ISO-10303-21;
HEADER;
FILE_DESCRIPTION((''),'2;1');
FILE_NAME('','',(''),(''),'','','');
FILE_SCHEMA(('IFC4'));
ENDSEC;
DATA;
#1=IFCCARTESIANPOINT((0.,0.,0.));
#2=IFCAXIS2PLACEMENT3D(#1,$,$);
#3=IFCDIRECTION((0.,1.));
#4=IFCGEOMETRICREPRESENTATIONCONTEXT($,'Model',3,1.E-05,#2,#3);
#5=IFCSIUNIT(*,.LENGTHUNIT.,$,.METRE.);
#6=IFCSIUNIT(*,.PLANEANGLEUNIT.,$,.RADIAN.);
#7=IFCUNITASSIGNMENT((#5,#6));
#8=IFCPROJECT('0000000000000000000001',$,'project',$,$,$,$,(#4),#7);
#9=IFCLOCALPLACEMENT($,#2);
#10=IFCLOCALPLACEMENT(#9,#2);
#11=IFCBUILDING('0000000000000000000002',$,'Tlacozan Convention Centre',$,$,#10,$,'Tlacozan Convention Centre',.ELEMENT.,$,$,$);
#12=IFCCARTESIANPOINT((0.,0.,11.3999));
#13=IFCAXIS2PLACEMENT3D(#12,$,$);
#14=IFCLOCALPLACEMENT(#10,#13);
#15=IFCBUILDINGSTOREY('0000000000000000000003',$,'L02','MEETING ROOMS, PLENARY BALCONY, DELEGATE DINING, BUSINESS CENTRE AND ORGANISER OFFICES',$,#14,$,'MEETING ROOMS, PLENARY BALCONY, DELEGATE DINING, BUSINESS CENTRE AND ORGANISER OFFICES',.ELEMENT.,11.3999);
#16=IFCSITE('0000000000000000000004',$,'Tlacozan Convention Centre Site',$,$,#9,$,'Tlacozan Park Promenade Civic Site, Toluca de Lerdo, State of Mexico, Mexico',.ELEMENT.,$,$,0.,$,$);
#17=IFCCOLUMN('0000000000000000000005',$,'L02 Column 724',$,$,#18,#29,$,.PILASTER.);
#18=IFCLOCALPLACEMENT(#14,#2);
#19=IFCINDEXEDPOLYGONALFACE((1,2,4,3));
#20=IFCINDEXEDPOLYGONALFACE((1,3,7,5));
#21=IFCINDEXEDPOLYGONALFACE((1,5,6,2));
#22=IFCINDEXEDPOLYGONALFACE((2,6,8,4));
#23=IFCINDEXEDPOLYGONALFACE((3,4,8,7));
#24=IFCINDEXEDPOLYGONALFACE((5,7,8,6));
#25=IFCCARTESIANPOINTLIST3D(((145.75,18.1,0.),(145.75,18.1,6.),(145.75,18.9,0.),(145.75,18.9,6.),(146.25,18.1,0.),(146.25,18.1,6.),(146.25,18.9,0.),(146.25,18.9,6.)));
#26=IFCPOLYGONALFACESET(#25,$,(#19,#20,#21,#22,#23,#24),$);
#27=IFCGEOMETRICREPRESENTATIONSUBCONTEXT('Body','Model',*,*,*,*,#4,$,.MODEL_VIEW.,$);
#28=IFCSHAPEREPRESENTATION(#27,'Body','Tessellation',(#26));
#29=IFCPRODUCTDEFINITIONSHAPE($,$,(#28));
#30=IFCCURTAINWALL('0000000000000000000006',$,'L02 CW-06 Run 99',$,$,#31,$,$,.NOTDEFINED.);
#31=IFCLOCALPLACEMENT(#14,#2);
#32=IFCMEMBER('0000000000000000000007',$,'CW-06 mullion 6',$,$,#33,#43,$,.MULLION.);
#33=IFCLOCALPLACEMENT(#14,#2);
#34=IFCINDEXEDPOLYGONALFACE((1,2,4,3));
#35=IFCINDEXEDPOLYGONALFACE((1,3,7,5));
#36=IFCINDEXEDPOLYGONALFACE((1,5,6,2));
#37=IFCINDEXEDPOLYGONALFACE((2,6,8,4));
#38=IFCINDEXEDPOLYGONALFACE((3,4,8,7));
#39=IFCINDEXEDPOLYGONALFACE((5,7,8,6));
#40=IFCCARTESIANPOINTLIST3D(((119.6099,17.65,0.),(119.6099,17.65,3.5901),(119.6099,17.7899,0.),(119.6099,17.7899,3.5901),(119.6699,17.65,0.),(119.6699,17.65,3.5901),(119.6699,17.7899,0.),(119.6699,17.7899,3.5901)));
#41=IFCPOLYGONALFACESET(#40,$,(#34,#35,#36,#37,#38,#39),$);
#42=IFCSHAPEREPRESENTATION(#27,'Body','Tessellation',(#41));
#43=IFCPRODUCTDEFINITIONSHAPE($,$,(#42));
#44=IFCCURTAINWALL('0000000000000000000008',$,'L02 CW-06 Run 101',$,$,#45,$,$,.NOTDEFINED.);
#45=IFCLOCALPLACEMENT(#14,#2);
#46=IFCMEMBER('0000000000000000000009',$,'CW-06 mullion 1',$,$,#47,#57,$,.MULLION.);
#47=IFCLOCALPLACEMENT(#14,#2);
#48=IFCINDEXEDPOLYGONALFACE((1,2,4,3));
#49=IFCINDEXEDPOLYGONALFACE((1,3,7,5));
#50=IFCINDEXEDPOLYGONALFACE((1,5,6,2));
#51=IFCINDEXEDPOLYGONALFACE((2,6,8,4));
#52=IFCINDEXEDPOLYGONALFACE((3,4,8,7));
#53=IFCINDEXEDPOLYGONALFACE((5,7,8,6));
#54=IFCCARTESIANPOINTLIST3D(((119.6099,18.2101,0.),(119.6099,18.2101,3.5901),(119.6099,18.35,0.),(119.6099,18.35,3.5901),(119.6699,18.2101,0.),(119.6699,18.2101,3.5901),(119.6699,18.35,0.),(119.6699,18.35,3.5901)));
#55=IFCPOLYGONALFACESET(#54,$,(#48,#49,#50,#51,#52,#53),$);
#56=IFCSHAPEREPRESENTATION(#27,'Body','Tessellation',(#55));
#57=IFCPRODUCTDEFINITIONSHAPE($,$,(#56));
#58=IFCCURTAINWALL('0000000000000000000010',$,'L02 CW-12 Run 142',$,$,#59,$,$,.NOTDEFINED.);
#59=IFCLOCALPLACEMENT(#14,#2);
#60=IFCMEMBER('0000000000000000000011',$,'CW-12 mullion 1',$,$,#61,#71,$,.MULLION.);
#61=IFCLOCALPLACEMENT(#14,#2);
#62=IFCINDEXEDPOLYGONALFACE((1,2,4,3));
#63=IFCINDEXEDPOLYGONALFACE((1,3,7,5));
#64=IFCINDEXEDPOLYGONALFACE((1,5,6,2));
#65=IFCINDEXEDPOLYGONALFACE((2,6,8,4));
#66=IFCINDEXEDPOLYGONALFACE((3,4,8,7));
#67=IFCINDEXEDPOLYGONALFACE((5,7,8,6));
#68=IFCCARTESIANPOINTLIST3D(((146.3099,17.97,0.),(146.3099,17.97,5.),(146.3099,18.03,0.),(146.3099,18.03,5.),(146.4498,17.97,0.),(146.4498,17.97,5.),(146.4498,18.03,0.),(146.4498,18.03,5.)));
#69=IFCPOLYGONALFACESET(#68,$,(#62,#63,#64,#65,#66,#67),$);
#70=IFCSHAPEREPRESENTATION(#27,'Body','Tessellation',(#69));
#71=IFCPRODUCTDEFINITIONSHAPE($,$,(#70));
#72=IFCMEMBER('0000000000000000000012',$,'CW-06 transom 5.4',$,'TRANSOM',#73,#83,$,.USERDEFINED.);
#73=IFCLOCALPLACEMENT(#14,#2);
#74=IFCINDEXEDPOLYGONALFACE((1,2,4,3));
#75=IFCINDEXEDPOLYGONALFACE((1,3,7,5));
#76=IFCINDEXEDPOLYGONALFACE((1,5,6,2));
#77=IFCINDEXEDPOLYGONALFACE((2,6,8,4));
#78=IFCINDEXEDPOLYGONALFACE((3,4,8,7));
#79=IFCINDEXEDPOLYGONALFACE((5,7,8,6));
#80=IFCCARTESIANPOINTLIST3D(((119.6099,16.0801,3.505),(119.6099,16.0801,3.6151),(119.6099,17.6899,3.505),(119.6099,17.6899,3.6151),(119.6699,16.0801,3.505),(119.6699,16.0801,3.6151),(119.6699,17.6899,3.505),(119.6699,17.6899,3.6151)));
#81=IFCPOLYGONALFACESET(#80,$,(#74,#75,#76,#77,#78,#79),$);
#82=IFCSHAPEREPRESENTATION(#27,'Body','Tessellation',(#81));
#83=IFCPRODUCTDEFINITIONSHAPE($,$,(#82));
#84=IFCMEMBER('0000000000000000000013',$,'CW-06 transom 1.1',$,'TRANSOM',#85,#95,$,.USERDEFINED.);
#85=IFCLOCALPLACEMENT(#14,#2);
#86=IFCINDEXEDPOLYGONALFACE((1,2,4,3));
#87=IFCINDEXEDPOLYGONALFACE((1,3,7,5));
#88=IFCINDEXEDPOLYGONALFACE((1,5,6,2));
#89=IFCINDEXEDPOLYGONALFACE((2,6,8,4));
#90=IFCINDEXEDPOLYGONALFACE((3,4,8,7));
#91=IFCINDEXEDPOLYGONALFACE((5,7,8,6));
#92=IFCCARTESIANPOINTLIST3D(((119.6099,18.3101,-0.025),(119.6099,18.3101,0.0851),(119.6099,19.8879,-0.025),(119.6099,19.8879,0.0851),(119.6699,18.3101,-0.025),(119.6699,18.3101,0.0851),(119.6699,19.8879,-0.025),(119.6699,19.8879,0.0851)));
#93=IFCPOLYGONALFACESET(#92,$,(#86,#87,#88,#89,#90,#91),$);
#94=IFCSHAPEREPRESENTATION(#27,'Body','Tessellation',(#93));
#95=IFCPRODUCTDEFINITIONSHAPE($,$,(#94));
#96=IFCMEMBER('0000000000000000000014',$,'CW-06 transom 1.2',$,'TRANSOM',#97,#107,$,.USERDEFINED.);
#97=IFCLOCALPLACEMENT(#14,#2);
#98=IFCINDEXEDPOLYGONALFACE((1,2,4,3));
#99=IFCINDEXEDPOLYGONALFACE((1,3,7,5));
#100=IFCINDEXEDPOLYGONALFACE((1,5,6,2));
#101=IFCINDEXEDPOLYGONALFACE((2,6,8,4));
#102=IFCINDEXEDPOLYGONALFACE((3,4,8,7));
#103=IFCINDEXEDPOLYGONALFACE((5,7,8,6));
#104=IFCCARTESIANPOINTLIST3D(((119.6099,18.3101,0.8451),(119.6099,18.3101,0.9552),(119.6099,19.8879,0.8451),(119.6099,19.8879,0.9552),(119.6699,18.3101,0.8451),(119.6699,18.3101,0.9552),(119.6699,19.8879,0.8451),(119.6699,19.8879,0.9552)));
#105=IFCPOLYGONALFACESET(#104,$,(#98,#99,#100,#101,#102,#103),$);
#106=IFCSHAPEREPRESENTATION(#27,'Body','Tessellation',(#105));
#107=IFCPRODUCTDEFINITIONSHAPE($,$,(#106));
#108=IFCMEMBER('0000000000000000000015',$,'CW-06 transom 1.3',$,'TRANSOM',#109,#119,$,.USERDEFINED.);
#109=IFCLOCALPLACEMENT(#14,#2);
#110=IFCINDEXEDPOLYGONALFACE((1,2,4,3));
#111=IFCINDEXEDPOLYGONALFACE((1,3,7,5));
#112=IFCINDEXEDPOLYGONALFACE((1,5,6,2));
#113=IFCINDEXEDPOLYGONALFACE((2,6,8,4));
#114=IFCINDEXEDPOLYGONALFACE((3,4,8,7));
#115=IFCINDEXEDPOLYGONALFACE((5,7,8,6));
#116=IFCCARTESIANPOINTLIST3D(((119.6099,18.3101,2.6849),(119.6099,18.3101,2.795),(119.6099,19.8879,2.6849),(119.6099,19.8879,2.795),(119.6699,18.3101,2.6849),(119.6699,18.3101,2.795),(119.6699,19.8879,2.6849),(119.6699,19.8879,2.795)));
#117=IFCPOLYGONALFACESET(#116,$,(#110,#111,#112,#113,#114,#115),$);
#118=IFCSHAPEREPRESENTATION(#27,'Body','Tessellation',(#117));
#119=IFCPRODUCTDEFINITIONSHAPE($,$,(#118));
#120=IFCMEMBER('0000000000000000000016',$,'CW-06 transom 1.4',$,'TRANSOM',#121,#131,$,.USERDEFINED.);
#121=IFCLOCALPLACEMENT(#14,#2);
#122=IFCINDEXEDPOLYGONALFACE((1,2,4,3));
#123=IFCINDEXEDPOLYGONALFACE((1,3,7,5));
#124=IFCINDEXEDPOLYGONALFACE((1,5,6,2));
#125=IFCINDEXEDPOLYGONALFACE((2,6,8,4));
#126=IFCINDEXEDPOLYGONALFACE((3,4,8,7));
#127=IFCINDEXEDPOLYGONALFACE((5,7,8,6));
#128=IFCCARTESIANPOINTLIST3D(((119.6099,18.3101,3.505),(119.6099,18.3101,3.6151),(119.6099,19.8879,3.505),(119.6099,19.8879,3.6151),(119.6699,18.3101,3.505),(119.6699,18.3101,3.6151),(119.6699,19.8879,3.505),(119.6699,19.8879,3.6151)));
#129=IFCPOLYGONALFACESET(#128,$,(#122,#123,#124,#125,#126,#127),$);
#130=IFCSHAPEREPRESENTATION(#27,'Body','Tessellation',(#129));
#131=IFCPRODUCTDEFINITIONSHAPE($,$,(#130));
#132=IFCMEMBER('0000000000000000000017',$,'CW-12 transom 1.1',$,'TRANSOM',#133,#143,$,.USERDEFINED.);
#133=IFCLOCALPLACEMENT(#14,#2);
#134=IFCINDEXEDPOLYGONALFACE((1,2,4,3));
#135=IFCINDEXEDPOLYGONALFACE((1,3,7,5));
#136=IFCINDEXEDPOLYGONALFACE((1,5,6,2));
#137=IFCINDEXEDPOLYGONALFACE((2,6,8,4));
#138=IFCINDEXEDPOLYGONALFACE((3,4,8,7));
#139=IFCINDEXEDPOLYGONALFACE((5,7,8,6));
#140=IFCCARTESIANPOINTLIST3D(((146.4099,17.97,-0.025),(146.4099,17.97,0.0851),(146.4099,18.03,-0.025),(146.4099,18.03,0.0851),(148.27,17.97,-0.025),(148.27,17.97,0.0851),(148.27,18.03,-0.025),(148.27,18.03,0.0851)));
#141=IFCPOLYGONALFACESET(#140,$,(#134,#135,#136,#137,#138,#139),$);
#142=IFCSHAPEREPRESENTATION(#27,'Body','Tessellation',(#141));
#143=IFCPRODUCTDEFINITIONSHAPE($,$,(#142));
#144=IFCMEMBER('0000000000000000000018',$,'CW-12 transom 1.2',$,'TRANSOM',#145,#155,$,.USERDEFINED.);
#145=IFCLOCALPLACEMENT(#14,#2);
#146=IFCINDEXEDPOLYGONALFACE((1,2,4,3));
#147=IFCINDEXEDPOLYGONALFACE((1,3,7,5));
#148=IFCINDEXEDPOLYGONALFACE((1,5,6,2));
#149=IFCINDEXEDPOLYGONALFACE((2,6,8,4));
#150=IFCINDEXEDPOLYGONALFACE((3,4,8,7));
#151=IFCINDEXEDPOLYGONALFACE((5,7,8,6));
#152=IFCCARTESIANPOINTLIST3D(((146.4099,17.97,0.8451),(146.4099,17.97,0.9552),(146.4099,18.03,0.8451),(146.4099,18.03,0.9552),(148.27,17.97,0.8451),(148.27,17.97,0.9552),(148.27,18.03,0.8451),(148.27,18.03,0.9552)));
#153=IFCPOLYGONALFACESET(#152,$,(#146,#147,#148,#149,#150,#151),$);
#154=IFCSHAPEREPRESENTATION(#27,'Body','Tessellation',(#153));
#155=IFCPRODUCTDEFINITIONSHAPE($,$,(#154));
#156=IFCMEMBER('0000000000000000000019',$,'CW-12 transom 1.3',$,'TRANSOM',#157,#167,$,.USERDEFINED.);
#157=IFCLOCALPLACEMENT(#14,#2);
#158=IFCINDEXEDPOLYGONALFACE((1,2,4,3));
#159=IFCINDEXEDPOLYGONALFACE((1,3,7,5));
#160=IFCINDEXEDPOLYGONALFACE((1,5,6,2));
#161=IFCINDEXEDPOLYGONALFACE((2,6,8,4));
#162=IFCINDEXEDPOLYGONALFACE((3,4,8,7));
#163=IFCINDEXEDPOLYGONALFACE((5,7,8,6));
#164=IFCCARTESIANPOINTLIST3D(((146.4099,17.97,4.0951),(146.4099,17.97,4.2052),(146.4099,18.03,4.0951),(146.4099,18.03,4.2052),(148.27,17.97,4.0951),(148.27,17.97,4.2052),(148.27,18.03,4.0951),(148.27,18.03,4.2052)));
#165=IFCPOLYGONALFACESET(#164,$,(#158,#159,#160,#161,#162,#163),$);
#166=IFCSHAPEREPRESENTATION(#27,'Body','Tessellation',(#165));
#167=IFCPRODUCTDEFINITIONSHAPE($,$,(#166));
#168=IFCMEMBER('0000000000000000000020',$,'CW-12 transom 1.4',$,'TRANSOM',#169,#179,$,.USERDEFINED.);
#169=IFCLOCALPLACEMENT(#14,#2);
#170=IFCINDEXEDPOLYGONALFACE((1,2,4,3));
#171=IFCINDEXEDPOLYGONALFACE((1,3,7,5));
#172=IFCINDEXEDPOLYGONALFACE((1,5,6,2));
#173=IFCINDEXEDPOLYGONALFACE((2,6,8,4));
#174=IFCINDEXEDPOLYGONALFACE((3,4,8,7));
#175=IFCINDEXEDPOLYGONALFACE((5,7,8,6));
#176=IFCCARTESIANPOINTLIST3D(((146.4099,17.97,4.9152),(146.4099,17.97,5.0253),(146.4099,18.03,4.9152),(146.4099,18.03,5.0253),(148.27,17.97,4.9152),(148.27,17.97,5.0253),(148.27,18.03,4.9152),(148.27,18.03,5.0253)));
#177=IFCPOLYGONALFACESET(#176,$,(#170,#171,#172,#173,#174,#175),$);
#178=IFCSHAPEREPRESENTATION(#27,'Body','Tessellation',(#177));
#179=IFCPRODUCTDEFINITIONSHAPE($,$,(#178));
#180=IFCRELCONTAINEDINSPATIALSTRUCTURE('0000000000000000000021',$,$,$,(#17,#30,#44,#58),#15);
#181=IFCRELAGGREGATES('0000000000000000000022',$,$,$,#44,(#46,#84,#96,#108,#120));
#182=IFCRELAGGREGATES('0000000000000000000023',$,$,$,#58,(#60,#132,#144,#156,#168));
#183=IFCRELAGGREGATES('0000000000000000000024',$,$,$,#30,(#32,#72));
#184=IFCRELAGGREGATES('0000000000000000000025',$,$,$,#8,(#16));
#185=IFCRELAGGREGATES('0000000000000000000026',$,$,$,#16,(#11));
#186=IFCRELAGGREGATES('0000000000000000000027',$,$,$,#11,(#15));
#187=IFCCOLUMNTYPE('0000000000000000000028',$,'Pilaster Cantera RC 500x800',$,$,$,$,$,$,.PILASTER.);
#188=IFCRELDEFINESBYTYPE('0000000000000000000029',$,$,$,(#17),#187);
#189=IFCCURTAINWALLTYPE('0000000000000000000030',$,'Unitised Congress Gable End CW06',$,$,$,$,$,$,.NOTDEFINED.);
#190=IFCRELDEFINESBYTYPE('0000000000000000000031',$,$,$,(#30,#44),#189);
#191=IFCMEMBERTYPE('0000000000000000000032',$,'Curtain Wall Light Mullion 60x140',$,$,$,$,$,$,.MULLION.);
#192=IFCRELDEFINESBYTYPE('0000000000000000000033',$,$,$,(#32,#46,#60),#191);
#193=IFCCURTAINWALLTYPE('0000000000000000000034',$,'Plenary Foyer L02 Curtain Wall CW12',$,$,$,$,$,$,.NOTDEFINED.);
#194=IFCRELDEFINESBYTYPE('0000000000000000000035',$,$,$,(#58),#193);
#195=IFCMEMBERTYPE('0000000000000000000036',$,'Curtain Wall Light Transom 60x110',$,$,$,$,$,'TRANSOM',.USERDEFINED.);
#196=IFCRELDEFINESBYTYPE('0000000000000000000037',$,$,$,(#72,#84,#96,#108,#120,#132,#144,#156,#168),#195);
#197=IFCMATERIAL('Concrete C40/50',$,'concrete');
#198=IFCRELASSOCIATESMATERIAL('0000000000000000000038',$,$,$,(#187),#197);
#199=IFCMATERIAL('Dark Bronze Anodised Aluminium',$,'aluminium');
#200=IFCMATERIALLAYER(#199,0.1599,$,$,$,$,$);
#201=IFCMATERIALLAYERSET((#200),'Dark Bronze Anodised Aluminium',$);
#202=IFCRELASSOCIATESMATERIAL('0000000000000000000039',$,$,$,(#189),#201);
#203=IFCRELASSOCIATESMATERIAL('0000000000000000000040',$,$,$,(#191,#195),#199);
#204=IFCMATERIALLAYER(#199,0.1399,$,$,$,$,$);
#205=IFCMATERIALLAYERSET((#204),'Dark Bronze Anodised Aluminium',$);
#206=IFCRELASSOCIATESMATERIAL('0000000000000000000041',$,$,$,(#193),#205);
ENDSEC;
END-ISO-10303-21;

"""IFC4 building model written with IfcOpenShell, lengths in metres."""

from ifc_helpers import new_model, si_unit, direction, frame, origin, origin_2d, place, context, subcontext, project, spatial, rectangle, extrude, material, layer, layer_set, material_profile, profile_set, type_object, element, aggregate, save


model = new_model("IFC4")

# Units and contexts
model_context = context("Model", 3, precision=1e-05, world=origin(), true_north=direction((0.0, 1.0)))
body_context = subcontext(model_context, "Body", "Model", "MODEL_VIEW")
ifc_project = project(units=[si_unit("LENGTHUNIT", "METRE"), si_unit("PLANEANGLEUNIT", "RADIAN")], contexts=[model_context])

# Site, building, storey
site_placement = place(None, origin())
site = spatial("IfcSite", under=ifc_project, at=site_placement, Name="Tlacozan Convention Centre Site", LongName="Tlacozan Park Promenade Civic Site, Toluca de Lerdo, State of Mexico, Mexico", CompositionType="ELEMENT", RefElevation=0.0)
building_placement = place(site_placement, origin())
building = spatial("IfcBuilding", under=site, at=building_placement, Name="Tlacozan Convention Centre", LongName="Tlacozan Convention Centre", CompositionType="ELEMENT")
storey_placement = place(building_placement, frame((0.0, 0.0, 11.3999)))
storey = spatial("IfcBuildingStorey", under=building, at=storey_placement, Name="L02", Description="MEETING ROOMS, PLENARY BALCONY, DELEGATE DINING, BUSINESS CENTRE AND ORGANISER OFFICES", LongName="MEETING ROOMS, PLENARY BALCONY, DELEGATE DINING, BUSINESS CENTRE AND ORGANISER OFFICES", CompositionType="ELEMENT", Elevation=11.3999)

# Column
ifc_material_1 = material(Name="Concrete C40/50", Category="concrete")
ifc_material_profile_1 = material_profile(ifc_material_1, rectangle(XDim=0.5, YDim=0.8, at=origin_2d()), Name="RC 500x800")
ifc_profile_set_1 = profile_set([ifc_material_profile_1], Name="Concrete C40/50")
column_type = type_object("IfcColumnType", Name="Pilaster Cantera RC 500x800", PredefinedType="PILASTER", material=ifc_profile_set_1)
column_placement = place(storey_placement, frame((146.0, 18.5, 0.0), z_axis=(0.0, 0.0, 1.0), x_axis=(1.0, 0.0, 0.0)))
element("IfcColumn", 1, at=column_placement, inside=storey, type_object=column_type, Name="L02 Column 724", PredefinedType="PILASTER", context=body_context, shape_type="SweptSolid", body=[
    extrude(rectangle(XDim=0.5, YDim=0.8, at=origin_2d()), origin(), (0.0, 0.0, 1.0), 6.0),
])

# Curtain walls, members
ifc_material_2 = material(Name="Dark Bronze Anodised Aluminium", Category="aluminium")
ifc_layer_1 = layer(ifc_material_2, 0.1599)
ifc_layer_set_1 = layer_set([ifc_layer_1], Name="Dark Bronze Anodised Aluminium")
curtain_wall_type_1 = type_object("IfcCurtainWallType", Name="Unitised Congress Gable End CW06", PredefinedType="NOTDEFINED", material=ifc_layer_set_1)
curtain_wall_1_placement = place(storey_placement, origin())
curtain_wall_1 = element("IfcCurtainWall", 2, at=curtain_wall_1_placement, inside=storey, type_object=curtain_wall_type_1, Name="L02 CW-06 Run 99", PredefinedType="NOTDEFINED")
ifc_material_profile_2 = material_profile(ifc_material_2, rectangle(XDim=0.0601, YDim=0.1399, at=origin_2d()), Name="ALU 60x140")
ifc_profile_set_2 = profile_set([ifc_material_profile_2], Name="Dark Bronze Anodised Aluminium")
member_type_1 = type_object("IfcMemberType", Name="Curtain Wall Light Mullion 60x140", PredefinedType="MULLION", material=ifc_profile_set_2)
member_1_placement = place(storey_placement, frame((119.6399, 17.72, 0.0), z_axis=(0.0, 0.0, 1.0), x_axis=(-1.0, 0.0, 0.0)))
member_1 = element("IfcMember", 3, at=member_1_placement, type_object=member_type_1, Name="CW-06 mullion 6", PredefinedType="MULLION", context=body_context, shape_type="SweptSolid", body=[
    extrude(rectangle(XDim=0.0601, YDim=0.1399, at=origin_2d()), origin(), (0.0, 0.0, 1.0), 3.5901),
])
curtain_wall_2_placement = place(storey_placement, origin())
curtain_wall_2 = element("IfcCurtainWall", 4, at=curtain_wall_2_placement, inside=storey, type_object=curtain_wall_type_1, Name="L02 CW-06 Run 101", PredefinedType="NOTDEFINED")
member_2_placement = place(storey_placement, frame((119.6399, 18.28, 0.0), z_axis=(0.0, 0.0, 1.0), x_axis=(-1.0, 0.0, 0.0)))
member_2 = element("IfcMember", 5, at=member_2_placement, type_object=member_type_1, Name="CW-06 mullion 1", PredefinedType="MULLION", context=body_context, shape_type="SweptSolid", body=[
    extrude(rectangle(XDim=0.0601, YDim=0.1399, at=origin_2d()), origin(), (0.0, 0.0, 1.0), 3.5901),
])
ifc_layer_2 = layer(ifc_material_2, 0.1399)
ifc_layer_set_2 = layer_set([ifc_layer_2], Name="Dark Bronze Anodised Aluminium")
curtain_wall_type_2 = type_object("IfcCurtainWallType", Name="Plenary Foyer L02 Curtain Wall CW12", PredefinedType="NOTDEFINED", material=ifc_layer_set_2)
curtain_wall_3_placement = place(storey_placement, origin())
curtain_wall_3 = element("IfcCurtainWall", 6, at=curtain_wall_3_placement, inside=storey, type_object=curtain_wall_type_2, Name="L02 CW-12 Run 142", PredefinedType="NOTDEFINED")
member_3_placement = place(storey_placement, frame((146.3799, 18.0, 0.0), z_axis=(0.0, 0.0, 1.0), x_axis=(0.0, 1.0, 0.0)))
member_3 = element("IfcMember", 7, at=member_3_placement, type_object=member_type_1, Name="CW-12 mullion 1", PredefinedType="MULLION", context=body_context, shape_type="SweptSolid", body=[
    extrude(rectangle(XDim=0.0601, YDim=0.1399, at=origin_2d()), origin(), (0.0, 0.0, 1.0), 5.0),
])

# Members
ifc_material_profile_3 = material_profile(ifc_material_2, rectangle(XDim=0.0601, YDim=0.1101, at=origin_2d()), Name="ALU 60x110")
ifc_profile_set_3 = profile_set([ifc_material_profile_3], Name="Dark Bronze Anodised Aluminium")
member_type_2 = type_object("IfcMemberType", Name="Curtain Wall Light Transom 60x110", ElementType="TRANSOM", PredefinedType="USERDEFINED", material=ifc_profile_set_3)
member_4_placement = place(storey_placement, frame((119.6399, 16.0801, 3.5601), z_axis=(0.0, 1.0, 0.0), x_axis=(-1.0, 0.0, 0.0)))
member_4 = element("IfcMember", 8, at=member_4_placement, type_object=member_type_2, Name="CW-06 transom 5.4", ObjectType="TRANSOM", PredefinedType="USERDEFINED", context=body_context, shape_type="SweptSolid", body=[
    extrude(rectangle(XDim=0.0601, YDim=0.1101, at=origin_2d()), origin(), (0.0, 0.0, 1.0), 1.6099),
])
member_5_placement = place(storey_placement, frame((119.6399, 18.3101, 0.03), z_axis=(0.0, 1.0, 0.0), x_axis=(-1.0, 0.0, 0.0)))
member_5 = element("IfcMember", 9, at=member_5_placement, type_object=member_type_2, Name="CW-06 transom 1.1", ObjectType="TRANSOM", PredefinedType="USERDEFINED", context=body_context, shape_type="SweptSolid", body=[
    extrude(rectangle(XDim=0.0601, YDim=0.1101, at=origin_2d()), origin(), (0.0, 0.0, 1.0), 1.5779),
])
member_6_placement = place(storey_placement, frame((119.6399, 18.3101, 0.9001), z_axis=(0.0, 1.0, 0.0), x_axis=(-1.0, 0.0, 0.0)))
member_6 = element("IfcMember", 10, at=member_6_placement, type_object=member_type_2, Name="CW-06 transom 1.2", ObjectType="TRANSOM", PredefinedType="USERDEFINED", context=body_context, shape_type="SweptSolid", body=[
    extrude(rectangle(XDim=0.0601, YDim=0.1101, at=origin_2d()), origin(), (0.0, 0.0, 1.0), 1.5779),
])
member_7_placement = place(storey_placement, frame((119.6399, 18.3101, 2.74), z_axis=(0.0, 1.0, 0.0), x_axis=(-1.0, 0.0, 0.0)))
member_7 = element("IfcMember", 11, at=member_7_placement, type_object=member_type_2, Name="CW-06 transom 1.3", ObjectType="TRANSOM", PredefinedType="USERDEFINED", context=body_context, shape_type="SweptSolid", body=[
    extrude(rectangle(XDim=0.0601, YDim=0.1101, at=origin_2d()), origin(), (0.0, 0.0, 1.0), 1.5779),
])
member_8_placement = place(storey_placement, frame((119.6399, 18.3101, 3.5601), z_axis=(0.0, 1.0, 0.0), x_axis=(-1.0, 0.0, 0.0)))
member_8 = element("IfcMember", 12, at=member_8_placement, type_object=member_type_2, Name="CW-06 transom 1.4", ObjectType="TRANSOM", PredefinedType="USERDEFINED", context=body_context, shape_type="SweptSolid", body=[
    extrude(rectangle(XDim=0.0601, YDim=0.1101, at=origin_2d()), origin(), (0.0, 0.0, 1.0), 1.5779),
])
aggregate(curtain_wall_2, [member_2, member_5, member_6, member_7, member_8])
member_9_placement = place(storey_placement, frame((146.4099, 18.0, 0.03), z_axis=(1.0, 0.0, 0.0), x_axis=(0.0, 1.0, 0.0)))
member_9 = element("IfcMember", 13, at=member_9_placement, type_object=member_type_2, Name="CW-12 transom 1.1", ObjectType="TRANSOM", PredefinedType="USERDEFINED", context=body_context, shape_type="SweptSolid", body=[
    extrude(rectangle(XDim=0.0601, YDim=0.1101, at=origin_2d()), origin(), (0.0, 0.0, 1.0), 1.8601),
])
member_10_placement = place(storey_placement, frame((146.4099, 18.0, 0.9001), z_axis=(1.0, 0.0, 0.0), x_axis=(0.0, 1.0, 0.0)))
member_10 = element("IfcMember", 14, at=member_10_placement, type_object=member_type_2, Name="CW-12 transom 1.2", ObjectType="TRANSOM", PredefinedType="USERDEFINED", context=body_context, shape_type="SweptSolid", body=[
    extrude(rectangle(XDim=0.0601, YDim=0.1101, at=origin_2d()), origin(), (0.0, 0.0, 1.0), 1.8601),
])
member_11_placement = place(storey_placement, frame((146.4099, 18.0, 4.1501), z_axis=(1.0, 0.0, 0.0), x_axis=(0.0, 1.0, 0.0)))
member_11 = element("IfcMember", 15, at=member_11_placement, type_object=member_type_2, Name="CW-12 transom 1.3", ObjectType="TRANSOM", PredefinedType="USERDEFINED", context=body_context, shape_type="SweptSolid", body=[
    extrude(rectangle(XDim=0.0601, YDim=0.1101, at=origin_2d()), origin(), (0.0, 0.0, 1.0), 1.8601),
])
member_12_placement = place(storey_placement, frame((146.4099, 18.0, 4.9702), z_axis=(1.0, 0.0, 0.0), x_axis=(0.0, 1.0, 0.0)))
member_12 = element("IfcMember", 16, at=member_12_placement, type_object=member_type_2, Name="CW-12 transom 1.4", ObjectType="TRANSOM", PredefinedType="USERDEFINED", context=body_context, shape_type="SweptSolid", body=[
    extrude(rectangle(XDim=0.0601, YDim=0.1101, at=origin_2d()), origin(), (0.0, 0.0, 1.0), 1.8601),
])

aggregate(curtain_wall_3, [member_3, member_9, member_10, member_11, member_12])
aggregate(curtain_wall_1, [member_1, member_4])

save(model, "model.ifc")
